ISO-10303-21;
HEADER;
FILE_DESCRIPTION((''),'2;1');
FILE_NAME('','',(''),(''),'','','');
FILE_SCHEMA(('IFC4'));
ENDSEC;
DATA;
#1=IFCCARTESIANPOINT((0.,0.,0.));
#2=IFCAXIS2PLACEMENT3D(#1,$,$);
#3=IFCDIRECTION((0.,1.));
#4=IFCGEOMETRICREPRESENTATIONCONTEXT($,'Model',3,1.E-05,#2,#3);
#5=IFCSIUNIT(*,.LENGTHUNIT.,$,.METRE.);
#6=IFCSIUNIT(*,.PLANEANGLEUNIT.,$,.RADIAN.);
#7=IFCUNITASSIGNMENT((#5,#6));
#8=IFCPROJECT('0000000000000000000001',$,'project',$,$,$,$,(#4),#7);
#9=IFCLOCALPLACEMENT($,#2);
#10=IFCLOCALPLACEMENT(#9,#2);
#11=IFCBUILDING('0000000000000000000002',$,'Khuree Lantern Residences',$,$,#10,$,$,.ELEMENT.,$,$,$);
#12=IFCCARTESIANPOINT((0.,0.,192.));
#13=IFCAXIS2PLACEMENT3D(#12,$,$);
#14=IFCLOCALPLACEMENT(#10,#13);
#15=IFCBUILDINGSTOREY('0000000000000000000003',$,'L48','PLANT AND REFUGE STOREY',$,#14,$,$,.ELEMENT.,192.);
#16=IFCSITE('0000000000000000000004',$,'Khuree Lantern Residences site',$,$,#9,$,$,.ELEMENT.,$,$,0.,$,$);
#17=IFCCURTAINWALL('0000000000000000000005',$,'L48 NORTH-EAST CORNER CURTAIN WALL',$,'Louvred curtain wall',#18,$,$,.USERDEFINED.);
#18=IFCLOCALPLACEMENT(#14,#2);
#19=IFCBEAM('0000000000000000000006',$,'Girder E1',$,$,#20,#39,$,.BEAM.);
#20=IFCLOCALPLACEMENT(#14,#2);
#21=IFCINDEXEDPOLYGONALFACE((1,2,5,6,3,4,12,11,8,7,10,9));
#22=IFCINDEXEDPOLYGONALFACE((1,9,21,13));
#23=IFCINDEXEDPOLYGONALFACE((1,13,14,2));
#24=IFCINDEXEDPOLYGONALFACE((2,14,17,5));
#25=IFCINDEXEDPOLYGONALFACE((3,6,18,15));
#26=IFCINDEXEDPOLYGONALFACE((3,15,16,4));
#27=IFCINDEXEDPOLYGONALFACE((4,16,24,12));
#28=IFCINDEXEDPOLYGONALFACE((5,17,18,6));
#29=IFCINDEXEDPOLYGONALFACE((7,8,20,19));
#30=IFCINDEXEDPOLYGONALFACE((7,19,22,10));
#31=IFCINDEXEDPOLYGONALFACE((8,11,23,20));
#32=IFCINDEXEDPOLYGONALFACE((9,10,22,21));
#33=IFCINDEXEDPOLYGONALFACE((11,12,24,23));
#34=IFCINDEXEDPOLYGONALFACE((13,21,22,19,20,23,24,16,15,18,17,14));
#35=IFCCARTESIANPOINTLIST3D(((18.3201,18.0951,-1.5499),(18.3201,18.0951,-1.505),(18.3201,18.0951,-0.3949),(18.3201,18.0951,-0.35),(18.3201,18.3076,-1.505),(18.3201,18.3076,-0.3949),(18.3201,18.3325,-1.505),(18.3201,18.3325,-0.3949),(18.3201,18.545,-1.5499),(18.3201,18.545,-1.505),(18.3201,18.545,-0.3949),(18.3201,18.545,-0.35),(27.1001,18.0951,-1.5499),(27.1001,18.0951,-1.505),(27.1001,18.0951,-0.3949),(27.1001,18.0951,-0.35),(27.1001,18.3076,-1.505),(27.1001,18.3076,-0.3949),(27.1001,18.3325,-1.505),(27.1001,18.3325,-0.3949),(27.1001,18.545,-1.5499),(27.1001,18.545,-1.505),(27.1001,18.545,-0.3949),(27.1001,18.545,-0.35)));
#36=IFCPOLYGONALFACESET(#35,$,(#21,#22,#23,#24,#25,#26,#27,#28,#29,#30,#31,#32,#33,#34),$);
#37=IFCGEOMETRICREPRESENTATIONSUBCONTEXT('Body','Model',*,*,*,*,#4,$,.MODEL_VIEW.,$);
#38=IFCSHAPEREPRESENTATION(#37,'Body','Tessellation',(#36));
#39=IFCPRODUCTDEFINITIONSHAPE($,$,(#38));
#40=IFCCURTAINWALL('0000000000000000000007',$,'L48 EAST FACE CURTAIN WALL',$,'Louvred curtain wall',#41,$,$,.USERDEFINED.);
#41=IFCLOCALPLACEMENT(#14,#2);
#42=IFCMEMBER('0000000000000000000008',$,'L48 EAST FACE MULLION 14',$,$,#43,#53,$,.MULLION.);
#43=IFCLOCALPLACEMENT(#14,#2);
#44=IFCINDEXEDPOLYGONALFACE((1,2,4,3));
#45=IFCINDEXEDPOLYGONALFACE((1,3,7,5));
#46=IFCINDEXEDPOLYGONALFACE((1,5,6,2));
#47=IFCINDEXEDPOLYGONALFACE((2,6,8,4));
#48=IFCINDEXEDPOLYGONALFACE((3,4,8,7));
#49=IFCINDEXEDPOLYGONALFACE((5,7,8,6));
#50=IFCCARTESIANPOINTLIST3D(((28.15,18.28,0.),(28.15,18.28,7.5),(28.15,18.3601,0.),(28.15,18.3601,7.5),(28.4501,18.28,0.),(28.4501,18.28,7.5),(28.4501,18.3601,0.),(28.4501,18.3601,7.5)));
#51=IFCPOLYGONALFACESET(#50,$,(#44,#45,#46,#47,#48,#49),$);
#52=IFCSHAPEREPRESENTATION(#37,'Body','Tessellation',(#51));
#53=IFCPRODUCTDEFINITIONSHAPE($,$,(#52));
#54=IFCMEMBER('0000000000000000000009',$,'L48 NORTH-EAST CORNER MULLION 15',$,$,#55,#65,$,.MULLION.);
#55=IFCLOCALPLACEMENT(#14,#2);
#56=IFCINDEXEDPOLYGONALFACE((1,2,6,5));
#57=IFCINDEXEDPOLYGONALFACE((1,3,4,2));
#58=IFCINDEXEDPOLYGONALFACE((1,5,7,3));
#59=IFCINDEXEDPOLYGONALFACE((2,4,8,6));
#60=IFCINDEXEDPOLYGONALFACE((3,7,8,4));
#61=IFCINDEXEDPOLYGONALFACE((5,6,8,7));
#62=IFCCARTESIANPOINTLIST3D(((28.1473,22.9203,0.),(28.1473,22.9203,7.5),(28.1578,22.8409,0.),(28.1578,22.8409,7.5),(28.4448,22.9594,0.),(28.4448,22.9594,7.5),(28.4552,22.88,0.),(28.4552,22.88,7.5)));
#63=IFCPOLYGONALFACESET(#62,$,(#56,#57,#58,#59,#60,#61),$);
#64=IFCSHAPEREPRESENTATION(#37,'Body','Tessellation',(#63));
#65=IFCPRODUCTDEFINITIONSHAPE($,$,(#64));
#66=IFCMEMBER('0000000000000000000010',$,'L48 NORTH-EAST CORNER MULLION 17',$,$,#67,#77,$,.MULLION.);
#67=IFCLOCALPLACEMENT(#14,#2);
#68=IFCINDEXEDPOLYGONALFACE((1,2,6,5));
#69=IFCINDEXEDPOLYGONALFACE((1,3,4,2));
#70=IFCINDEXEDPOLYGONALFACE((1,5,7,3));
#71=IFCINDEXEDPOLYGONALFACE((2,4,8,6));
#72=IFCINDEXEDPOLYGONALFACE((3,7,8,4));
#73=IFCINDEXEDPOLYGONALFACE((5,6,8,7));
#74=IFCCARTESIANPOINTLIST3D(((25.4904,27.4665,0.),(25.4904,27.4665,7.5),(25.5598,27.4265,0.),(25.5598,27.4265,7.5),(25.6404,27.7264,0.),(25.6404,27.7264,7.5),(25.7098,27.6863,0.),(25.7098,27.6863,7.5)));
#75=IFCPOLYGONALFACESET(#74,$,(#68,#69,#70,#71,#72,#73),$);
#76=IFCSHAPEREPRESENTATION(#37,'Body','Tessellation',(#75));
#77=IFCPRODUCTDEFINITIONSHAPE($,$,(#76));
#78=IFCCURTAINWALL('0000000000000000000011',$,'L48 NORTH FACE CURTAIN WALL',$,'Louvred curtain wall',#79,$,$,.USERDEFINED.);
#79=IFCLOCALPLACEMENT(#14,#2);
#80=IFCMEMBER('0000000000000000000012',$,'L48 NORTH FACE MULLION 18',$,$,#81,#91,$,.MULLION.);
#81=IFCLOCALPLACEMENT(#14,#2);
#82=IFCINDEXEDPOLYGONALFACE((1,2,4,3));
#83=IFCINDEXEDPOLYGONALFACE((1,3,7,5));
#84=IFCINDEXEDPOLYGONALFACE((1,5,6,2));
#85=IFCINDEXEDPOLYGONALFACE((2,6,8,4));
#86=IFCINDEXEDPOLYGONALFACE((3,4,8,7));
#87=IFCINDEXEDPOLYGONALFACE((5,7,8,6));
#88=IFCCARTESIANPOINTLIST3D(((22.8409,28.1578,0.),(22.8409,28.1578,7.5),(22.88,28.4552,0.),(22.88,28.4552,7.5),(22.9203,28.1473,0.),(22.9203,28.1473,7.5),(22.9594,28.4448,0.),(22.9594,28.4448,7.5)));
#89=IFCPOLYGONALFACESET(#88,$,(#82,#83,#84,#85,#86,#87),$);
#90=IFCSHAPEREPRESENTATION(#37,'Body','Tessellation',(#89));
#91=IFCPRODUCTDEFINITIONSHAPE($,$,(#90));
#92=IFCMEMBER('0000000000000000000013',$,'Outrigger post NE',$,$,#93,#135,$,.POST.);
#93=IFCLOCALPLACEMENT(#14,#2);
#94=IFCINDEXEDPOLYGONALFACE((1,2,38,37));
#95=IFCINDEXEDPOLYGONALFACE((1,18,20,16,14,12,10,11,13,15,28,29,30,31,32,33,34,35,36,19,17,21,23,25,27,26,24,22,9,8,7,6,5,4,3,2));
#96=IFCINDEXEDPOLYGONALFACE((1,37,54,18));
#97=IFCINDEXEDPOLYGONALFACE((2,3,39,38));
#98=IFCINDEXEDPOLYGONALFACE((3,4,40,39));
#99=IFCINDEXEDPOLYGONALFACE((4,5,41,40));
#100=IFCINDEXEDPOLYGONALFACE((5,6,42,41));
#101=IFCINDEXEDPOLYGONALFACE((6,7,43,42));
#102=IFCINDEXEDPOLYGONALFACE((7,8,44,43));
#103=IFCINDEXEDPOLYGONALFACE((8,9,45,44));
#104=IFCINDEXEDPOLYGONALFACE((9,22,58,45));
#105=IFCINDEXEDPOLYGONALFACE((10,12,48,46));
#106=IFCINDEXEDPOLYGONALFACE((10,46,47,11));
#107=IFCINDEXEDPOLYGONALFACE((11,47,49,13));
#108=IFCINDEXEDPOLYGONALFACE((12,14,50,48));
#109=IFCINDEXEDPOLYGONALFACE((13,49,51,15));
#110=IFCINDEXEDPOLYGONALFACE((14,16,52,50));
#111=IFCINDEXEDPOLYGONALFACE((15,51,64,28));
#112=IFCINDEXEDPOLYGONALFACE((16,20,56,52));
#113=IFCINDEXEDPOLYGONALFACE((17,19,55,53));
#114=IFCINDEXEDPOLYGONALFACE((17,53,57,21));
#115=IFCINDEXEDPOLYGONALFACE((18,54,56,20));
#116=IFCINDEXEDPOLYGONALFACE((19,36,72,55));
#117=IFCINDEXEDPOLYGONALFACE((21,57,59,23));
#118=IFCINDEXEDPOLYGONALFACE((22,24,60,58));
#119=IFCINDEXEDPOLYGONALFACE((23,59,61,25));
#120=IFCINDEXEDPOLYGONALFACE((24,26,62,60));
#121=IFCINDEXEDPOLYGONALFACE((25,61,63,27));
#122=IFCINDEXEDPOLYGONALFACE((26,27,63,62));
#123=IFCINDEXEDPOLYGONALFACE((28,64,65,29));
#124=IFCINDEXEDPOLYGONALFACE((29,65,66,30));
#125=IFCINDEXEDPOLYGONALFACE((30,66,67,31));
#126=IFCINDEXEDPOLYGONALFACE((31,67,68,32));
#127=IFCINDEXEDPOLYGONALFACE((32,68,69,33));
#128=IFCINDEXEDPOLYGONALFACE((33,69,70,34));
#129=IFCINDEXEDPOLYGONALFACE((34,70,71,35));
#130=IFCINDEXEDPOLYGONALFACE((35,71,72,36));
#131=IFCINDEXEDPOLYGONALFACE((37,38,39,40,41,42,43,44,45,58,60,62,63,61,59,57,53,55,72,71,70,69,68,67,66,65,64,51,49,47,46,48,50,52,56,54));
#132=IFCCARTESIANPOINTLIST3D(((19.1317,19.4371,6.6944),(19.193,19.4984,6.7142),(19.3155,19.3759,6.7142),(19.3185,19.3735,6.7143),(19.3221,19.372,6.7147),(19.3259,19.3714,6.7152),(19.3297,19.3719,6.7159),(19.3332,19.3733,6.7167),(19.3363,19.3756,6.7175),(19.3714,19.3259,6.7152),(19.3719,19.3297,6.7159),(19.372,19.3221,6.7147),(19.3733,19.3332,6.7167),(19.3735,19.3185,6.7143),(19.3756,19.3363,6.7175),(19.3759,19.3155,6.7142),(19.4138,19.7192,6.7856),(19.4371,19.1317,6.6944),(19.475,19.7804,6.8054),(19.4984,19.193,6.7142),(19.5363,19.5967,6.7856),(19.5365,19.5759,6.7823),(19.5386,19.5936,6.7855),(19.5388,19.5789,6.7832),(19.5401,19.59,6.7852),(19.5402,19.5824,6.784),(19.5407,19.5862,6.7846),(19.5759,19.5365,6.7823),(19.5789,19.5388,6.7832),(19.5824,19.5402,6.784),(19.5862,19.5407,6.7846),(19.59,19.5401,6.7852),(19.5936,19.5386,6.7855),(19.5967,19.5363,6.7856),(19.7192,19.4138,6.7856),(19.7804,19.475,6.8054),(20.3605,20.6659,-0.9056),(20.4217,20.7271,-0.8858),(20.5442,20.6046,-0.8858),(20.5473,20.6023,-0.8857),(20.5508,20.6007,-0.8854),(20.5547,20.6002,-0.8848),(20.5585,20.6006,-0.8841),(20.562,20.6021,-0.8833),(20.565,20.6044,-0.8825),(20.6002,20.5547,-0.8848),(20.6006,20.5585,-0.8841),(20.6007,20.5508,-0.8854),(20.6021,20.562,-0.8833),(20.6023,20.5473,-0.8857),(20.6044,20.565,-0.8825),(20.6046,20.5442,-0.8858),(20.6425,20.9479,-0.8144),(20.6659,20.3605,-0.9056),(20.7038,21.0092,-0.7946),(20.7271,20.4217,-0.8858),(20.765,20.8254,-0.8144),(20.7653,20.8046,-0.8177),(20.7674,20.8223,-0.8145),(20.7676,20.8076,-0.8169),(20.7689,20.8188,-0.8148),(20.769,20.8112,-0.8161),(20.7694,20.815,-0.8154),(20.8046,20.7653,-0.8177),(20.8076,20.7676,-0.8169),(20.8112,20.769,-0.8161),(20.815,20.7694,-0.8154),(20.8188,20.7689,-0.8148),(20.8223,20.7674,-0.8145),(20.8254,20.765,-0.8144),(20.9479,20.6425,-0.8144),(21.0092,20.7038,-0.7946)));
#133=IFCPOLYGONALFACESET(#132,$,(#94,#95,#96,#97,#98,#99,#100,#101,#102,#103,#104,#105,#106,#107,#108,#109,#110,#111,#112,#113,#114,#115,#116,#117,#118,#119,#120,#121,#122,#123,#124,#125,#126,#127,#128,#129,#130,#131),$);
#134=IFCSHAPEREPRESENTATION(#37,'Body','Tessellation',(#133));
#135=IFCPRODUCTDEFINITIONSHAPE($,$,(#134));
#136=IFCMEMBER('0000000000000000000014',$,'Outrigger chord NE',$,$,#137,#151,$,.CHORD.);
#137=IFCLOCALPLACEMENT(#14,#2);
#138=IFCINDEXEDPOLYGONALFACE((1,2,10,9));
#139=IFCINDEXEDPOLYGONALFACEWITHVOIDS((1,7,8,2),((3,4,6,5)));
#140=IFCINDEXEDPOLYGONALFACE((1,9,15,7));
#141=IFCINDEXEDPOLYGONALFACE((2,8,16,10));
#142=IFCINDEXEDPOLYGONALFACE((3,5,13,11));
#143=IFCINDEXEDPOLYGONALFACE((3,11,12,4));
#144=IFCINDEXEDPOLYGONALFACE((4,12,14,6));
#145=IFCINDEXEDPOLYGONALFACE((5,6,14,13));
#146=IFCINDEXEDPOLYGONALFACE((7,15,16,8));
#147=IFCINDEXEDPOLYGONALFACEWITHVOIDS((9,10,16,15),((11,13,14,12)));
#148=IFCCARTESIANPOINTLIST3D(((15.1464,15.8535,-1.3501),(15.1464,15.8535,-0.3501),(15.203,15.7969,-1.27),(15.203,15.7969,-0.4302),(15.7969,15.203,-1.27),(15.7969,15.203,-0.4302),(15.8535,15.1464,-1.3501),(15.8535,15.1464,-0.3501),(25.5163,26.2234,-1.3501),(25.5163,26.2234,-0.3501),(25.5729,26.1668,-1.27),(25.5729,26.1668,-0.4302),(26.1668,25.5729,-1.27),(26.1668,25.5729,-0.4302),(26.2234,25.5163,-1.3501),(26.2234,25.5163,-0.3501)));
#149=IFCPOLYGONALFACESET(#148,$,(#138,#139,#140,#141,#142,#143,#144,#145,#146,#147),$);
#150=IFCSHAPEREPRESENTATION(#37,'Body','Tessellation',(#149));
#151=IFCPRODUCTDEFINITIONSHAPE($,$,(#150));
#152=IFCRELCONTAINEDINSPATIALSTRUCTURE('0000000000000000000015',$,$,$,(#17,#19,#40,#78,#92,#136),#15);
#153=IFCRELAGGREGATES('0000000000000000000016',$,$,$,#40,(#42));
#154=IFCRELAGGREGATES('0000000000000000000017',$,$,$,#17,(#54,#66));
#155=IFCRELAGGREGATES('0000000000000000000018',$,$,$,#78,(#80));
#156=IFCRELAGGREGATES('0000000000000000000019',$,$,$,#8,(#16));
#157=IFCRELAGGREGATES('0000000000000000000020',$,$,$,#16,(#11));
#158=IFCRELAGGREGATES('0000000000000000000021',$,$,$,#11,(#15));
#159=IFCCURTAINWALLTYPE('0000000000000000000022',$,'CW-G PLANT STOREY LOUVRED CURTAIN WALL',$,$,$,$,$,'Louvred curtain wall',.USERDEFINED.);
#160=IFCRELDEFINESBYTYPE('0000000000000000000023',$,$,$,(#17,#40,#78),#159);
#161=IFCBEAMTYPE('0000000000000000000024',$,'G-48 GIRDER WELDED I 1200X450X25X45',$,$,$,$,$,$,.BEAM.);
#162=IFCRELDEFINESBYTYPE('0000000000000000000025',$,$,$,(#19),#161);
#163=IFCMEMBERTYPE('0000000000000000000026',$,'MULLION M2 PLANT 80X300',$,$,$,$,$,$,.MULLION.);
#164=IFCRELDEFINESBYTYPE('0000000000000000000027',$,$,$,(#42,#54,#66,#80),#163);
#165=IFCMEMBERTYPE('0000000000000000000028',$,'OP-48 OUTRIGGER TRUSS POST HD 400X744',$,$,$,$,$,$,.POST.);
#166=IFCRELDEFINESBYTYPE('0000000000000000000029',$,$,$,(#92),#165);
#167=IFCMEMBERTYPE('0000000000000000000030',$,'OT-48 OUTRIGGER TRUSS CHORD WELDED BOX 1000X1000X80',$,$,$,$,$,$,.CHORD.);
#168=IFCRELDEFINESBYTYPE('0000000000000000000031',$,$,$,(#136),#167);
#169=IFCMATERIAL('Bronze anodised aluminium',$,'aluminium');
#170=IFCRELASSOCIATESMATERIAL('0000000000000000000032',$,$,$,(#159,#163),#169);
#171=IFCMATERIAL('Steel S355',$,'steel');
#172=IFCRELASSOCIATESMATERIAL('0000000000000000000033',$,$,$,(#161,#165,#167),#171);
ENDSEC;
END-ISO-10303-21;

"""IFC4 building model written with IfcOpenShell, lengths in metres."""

from ifc_helpers import new_model, si_unit, direction, frame, origin, origin_2d, place, context, subcontext, project, spatial, rectangle, hollow_rectangle, i_section, extrude, material, material_profile, profile_set, type_object, element, aggregate, save


model = new_model("IFC4")

# Units and contexts
model_context = context("Model", 3, precision=1e-05, world=origin(), true_north=direction((0.0, 1.0)))
body_context = subcontext(model_context, "Body", "Model", "MODEL_VIEW")
ifc_project = project(units=[si_unit("LENGTHUNIT", "METRE"), si_unit("PLANEANGLEUNIT", "RADIAN")], contexts=[model_context])

# Site, building, storey
site_placement = place(None, origin())
site = spatial("IfcSite", under=ifc_project, at=site_placement, Name="Khuree Lantern Residences site", CompositionType="ELEMENT", RefElevation=0.0)
building_placement = place(site_placement, origin())
building = spatial("IfcBuilding", under=site, at=building_placement, Name="Khuree Lantern Residences", CompositionType="ELEMENT")
storey_placement = place(building_placement, frame((0.0, 0.0, 192.0)))
storey = spatial("IfcBuildingStorey", under=building, at=storey_placement, Name="L48", Description="PLANT AND REFUGE STOREY", CompositionType="ELEMENT", Elevation=192.0)

# Shared definitions
ifc_material_1 = material(Name="Steel S355", Category="steel")

# Curtain wall
ifc_material_2 = material(Name="Bronze anodised aluminium", Category="aluminium")
curtain_wall_type = type_object("IfcCurtainWallType", Name="CW-G PLANT STOREY LOUVRED CURTAIN WALL", ElementType="Louvred curtain wall", PredefinedType="USERDEFINED", material=ifc_material_2)
curtain_wall_1_placement = place(storey_placement, origin())
curtain_wall_1 = element("IfcCurtainWall", 1, at=curtain_wall_1_placement, inside=storey, type_object=curtain_wall_type, Name="L48 NORTH-EAST CORNER CURTAIN WALL", ObjectType="Louvred curtain wall", PredefinedType="USERDEFINED")

# Beam
ifc_material_profile_1 = material_profile(ifc_material_1, i_section(OverallWidth=0.45, OverallDepth=1.2, WebThickness=0.0249, FlangeThickness=0.0449, at=origin_2d()), Name="WELDED I 1200X450X25X45")
ifc_profile_set_1 = profile_set([ifc_material_profile_1], Name="Steel S355")
beam_type_1 = type_object("IfcBeamType", Name="G-48 GIRDER WELDED I 1200X450X25X45", PredefinedType="BEAM", material=ifc_profile_set_1)
beam_placement = place(storey_placement, frame((27.1001, 18.3201, -0.95), z_axis=(-1.0, 0.0, 0.0), x_axis=(0.0, -1.0, 0.0)))
element("IfcBeam", 2, at=beam_placement, inside=storey, type_object=beam_type_1, Name="Girder E1", PredefinedType="BEAM", context=body_context, shape_type="SweptSolid", body=[
    extrude(i_section(OverallWidth=0.45, OverallDepth=1.2, WebThickness=0.0249, FlangeThickness=0.0449, at=origin_2d()), origin(), (0.0, 0.0, 1.0), 8.78),
])

# Curtain wall, member
curtain_wall_2_placement = place(storey_placement, origin())
curtain_wall_2 = element("IfcCurtainWall", 3, at=curtain_wall_2_placement, inside=storey, type_object=curtain_wall_type, Name="L48 EAST FACE CURTAIN WALL", ObjectType="Louvred curtain wall", PredefinedType="USERDEFINED")
ifc_material_profile_2 = material_profile(ifc_material_2, rectangle(XDim=0.0801, YDim=0.3, at=origin_2d()), Name="M2 80X300")
ifc_profile_set_2 = profile_set([ifc_material_profile_2], Name="Bronze anodised aluminium")
member_type_1 = type_object("IfcMemberType", Name="MULLION M2 PLANT 80X300", PredefinedType="MULLION", material=ifc_profile_set_2)
member_1_placement = place(storey_placement, frame((28.3, 18.3201, 0.0), z_axis=(0.0, 0.0, 1.0), x_axis=(0.0, 1.0, 0.0)))
member_1 = element("IfcMember", 4, at=member_1_placement, type_object=member_type_1, Name="L48 EAST FACE MULLION 14", PredefinedType="MULLION", context=body_context, shape_type="SweptSolid", body=[
    extrude(rectangle(XDim=0.0801, YDim=0.3, at=origin_2d()), origin(), (0.0, 0.0, 1.0), 7.5),
])

# Members
member_2_placement = place(storey_placement, frame((28.3013, 22.9001, 0.0), z_axis=(0.0, 0.0, 1.0), x_axis=(-0.130526, 0.991445, 0.0)))
member_2 = element("IfcMember", 5, at=member_2_placement, type_object=member_type_1, Name="L48 NORTH-EAST CORNER MULLION 15", PredefinedType="MULLION", context=body_context, shape_type="SweptSolid", body=[
    extrude(rectangle(XDim=0.0801, YDim=0.3, at=origin_2d()), origin(), (0.0, 0.0, 1.0), 7.5),
])
member_3_placement = place(storey_placement, frame((25.6001, 27.5764, 0.0), z_axis=(0.0, 0.0, 1.0), x_axis=(-0.866025, 0.5, 0.0)))
member_3 = element("IfcMember", 6, at=member_3_placement, type_object=member_type_1, Name="L48 NORTH-EAST CORNER MULLION 17", PredefinedType="MULLION", context=body_context, shape_type="SweptSolid", body=[
    extrude(rectangle(XDim=0.0801, YDim=0.3, at=origin_2d()), origin(), (0.0, 0.0, 1.0), 7.5),
])

# Curtain wall, member
curtain_wall_3_placement = place(storey_placement, origin())
curtain_wall_3 = element("IfcCurtainWall", 7, at=curtain_wall_3_placement, inside=storey, type_object=curtain_wall_type, Name="L48 NORTH FACE CURTAIN WALL", ObjectType="Louvred curtain wall", PredefinedType="USERDEFINED")
member_4_placement = place(storey_placement, frame((22.9001, 28.3013, 0.0), z_axis=(0.0, 0.0, 1.0), x_axis=(-0.991445, 0.130526, 0.0)))
member_4 = element("IfcMember", 8, at=member_4_placement, type_object=member_type_1, Name="L48 NORTH FACE MULLION 18", PredefinedType="MULLION", context=body_context, shape_type="SweptSolid", body=[
    extrude(rectangle(XDim=0.0801, YDim=0.3, at=origin_2d()), origin(), (0.0, 0.0, 1.0), 7.5),
])

# Members
ifc_material_profile_3 = material_profile(ifc_material_1, i_section(OverallWidth=0.4319, OverallDepth=0.498, WebThickness=0.0557, FlangeThickness=0.0889, FilletRadius=0.0149, at=origin_2d()), Name="HD 400X744")
ifc_profile_set_3 = profile_set([ifc_material_profile_3], Name="Steel S355")
member_type_2 = type_object("IfcMemberType", Name="OP-48 OUTRIGGER TRUSS POST HD 400X744", PredefinedType="POST", material=ifc_profile_set_3)
member_5_placement = place(storey_placement, frame((20.6848, 20.6848, -0.8501), z_axis=(-0.15761, -0.15761, 0.974843), x_axis=(0.707107, -0.707107, 0.0)))
element("IfcMember", 9, at=member_5_placement, inside=storey, type_object=member_type_2, Name="Outrigger post NE", PredefinedType="POST", context=body_context, shape_type="SweptSolid", body=[
    extrude(i_section(OverallWidth=0.4319, OverallDepth=0.498, WebThickness=0.0557, FlangeThickness=0.0889, FilletRadius=0.0149, at=origin_2d()), origin(), (0.0, 0.0, 1.0), 7.7961),
])
ifc_material_profile_4 = material_profile(ifc_material_1, hollow_rectangle(XDim=1.0, YDim=1.0, WallThickness=0.0801, at=origin_2d()), Name="WELDED BOX 1000X1000X80")
ifc_profile_set_4 = profile_set([ifc_material_profile_4], Name="Steel S355")
member_type_3 = type_object("IfcMemberType", Name="OT-48 OUTRIGGER TRUSS CHORD WELDED BOX 1000X1000X80", PredefinedType="CHORD", material=ifc_profile_set_4)
member_6_placement = place(storey_placement, frame((25.8699, 25.8699, -0.8501), z_axis=(-0.707107, -0.707107, 0.0), x_axis=(0.707107, -0.707107, 0.0)))
element("IfcMember", 10, at=member_6_placement, inside=storey, type_object=member_type_3, Name="Outrigger chord NE", PredefinedType="CHORD", context=body_context, shape_type="SweptSolid", body=[
    extrude(hollow_rectangle(XDim=1.0, YDim=1.0, WallThickness=0.0801, at=origin_2d()), origin(), (0.0, 0.0, 1.0), 14.6653),
])

aggregate(curtain_wall_2, [member_1])
aggregate(curtain_wall_1, [member_2, member_3])
aggregate(curtain_wall_3, [member_4])

save(model, "model.ifc")
